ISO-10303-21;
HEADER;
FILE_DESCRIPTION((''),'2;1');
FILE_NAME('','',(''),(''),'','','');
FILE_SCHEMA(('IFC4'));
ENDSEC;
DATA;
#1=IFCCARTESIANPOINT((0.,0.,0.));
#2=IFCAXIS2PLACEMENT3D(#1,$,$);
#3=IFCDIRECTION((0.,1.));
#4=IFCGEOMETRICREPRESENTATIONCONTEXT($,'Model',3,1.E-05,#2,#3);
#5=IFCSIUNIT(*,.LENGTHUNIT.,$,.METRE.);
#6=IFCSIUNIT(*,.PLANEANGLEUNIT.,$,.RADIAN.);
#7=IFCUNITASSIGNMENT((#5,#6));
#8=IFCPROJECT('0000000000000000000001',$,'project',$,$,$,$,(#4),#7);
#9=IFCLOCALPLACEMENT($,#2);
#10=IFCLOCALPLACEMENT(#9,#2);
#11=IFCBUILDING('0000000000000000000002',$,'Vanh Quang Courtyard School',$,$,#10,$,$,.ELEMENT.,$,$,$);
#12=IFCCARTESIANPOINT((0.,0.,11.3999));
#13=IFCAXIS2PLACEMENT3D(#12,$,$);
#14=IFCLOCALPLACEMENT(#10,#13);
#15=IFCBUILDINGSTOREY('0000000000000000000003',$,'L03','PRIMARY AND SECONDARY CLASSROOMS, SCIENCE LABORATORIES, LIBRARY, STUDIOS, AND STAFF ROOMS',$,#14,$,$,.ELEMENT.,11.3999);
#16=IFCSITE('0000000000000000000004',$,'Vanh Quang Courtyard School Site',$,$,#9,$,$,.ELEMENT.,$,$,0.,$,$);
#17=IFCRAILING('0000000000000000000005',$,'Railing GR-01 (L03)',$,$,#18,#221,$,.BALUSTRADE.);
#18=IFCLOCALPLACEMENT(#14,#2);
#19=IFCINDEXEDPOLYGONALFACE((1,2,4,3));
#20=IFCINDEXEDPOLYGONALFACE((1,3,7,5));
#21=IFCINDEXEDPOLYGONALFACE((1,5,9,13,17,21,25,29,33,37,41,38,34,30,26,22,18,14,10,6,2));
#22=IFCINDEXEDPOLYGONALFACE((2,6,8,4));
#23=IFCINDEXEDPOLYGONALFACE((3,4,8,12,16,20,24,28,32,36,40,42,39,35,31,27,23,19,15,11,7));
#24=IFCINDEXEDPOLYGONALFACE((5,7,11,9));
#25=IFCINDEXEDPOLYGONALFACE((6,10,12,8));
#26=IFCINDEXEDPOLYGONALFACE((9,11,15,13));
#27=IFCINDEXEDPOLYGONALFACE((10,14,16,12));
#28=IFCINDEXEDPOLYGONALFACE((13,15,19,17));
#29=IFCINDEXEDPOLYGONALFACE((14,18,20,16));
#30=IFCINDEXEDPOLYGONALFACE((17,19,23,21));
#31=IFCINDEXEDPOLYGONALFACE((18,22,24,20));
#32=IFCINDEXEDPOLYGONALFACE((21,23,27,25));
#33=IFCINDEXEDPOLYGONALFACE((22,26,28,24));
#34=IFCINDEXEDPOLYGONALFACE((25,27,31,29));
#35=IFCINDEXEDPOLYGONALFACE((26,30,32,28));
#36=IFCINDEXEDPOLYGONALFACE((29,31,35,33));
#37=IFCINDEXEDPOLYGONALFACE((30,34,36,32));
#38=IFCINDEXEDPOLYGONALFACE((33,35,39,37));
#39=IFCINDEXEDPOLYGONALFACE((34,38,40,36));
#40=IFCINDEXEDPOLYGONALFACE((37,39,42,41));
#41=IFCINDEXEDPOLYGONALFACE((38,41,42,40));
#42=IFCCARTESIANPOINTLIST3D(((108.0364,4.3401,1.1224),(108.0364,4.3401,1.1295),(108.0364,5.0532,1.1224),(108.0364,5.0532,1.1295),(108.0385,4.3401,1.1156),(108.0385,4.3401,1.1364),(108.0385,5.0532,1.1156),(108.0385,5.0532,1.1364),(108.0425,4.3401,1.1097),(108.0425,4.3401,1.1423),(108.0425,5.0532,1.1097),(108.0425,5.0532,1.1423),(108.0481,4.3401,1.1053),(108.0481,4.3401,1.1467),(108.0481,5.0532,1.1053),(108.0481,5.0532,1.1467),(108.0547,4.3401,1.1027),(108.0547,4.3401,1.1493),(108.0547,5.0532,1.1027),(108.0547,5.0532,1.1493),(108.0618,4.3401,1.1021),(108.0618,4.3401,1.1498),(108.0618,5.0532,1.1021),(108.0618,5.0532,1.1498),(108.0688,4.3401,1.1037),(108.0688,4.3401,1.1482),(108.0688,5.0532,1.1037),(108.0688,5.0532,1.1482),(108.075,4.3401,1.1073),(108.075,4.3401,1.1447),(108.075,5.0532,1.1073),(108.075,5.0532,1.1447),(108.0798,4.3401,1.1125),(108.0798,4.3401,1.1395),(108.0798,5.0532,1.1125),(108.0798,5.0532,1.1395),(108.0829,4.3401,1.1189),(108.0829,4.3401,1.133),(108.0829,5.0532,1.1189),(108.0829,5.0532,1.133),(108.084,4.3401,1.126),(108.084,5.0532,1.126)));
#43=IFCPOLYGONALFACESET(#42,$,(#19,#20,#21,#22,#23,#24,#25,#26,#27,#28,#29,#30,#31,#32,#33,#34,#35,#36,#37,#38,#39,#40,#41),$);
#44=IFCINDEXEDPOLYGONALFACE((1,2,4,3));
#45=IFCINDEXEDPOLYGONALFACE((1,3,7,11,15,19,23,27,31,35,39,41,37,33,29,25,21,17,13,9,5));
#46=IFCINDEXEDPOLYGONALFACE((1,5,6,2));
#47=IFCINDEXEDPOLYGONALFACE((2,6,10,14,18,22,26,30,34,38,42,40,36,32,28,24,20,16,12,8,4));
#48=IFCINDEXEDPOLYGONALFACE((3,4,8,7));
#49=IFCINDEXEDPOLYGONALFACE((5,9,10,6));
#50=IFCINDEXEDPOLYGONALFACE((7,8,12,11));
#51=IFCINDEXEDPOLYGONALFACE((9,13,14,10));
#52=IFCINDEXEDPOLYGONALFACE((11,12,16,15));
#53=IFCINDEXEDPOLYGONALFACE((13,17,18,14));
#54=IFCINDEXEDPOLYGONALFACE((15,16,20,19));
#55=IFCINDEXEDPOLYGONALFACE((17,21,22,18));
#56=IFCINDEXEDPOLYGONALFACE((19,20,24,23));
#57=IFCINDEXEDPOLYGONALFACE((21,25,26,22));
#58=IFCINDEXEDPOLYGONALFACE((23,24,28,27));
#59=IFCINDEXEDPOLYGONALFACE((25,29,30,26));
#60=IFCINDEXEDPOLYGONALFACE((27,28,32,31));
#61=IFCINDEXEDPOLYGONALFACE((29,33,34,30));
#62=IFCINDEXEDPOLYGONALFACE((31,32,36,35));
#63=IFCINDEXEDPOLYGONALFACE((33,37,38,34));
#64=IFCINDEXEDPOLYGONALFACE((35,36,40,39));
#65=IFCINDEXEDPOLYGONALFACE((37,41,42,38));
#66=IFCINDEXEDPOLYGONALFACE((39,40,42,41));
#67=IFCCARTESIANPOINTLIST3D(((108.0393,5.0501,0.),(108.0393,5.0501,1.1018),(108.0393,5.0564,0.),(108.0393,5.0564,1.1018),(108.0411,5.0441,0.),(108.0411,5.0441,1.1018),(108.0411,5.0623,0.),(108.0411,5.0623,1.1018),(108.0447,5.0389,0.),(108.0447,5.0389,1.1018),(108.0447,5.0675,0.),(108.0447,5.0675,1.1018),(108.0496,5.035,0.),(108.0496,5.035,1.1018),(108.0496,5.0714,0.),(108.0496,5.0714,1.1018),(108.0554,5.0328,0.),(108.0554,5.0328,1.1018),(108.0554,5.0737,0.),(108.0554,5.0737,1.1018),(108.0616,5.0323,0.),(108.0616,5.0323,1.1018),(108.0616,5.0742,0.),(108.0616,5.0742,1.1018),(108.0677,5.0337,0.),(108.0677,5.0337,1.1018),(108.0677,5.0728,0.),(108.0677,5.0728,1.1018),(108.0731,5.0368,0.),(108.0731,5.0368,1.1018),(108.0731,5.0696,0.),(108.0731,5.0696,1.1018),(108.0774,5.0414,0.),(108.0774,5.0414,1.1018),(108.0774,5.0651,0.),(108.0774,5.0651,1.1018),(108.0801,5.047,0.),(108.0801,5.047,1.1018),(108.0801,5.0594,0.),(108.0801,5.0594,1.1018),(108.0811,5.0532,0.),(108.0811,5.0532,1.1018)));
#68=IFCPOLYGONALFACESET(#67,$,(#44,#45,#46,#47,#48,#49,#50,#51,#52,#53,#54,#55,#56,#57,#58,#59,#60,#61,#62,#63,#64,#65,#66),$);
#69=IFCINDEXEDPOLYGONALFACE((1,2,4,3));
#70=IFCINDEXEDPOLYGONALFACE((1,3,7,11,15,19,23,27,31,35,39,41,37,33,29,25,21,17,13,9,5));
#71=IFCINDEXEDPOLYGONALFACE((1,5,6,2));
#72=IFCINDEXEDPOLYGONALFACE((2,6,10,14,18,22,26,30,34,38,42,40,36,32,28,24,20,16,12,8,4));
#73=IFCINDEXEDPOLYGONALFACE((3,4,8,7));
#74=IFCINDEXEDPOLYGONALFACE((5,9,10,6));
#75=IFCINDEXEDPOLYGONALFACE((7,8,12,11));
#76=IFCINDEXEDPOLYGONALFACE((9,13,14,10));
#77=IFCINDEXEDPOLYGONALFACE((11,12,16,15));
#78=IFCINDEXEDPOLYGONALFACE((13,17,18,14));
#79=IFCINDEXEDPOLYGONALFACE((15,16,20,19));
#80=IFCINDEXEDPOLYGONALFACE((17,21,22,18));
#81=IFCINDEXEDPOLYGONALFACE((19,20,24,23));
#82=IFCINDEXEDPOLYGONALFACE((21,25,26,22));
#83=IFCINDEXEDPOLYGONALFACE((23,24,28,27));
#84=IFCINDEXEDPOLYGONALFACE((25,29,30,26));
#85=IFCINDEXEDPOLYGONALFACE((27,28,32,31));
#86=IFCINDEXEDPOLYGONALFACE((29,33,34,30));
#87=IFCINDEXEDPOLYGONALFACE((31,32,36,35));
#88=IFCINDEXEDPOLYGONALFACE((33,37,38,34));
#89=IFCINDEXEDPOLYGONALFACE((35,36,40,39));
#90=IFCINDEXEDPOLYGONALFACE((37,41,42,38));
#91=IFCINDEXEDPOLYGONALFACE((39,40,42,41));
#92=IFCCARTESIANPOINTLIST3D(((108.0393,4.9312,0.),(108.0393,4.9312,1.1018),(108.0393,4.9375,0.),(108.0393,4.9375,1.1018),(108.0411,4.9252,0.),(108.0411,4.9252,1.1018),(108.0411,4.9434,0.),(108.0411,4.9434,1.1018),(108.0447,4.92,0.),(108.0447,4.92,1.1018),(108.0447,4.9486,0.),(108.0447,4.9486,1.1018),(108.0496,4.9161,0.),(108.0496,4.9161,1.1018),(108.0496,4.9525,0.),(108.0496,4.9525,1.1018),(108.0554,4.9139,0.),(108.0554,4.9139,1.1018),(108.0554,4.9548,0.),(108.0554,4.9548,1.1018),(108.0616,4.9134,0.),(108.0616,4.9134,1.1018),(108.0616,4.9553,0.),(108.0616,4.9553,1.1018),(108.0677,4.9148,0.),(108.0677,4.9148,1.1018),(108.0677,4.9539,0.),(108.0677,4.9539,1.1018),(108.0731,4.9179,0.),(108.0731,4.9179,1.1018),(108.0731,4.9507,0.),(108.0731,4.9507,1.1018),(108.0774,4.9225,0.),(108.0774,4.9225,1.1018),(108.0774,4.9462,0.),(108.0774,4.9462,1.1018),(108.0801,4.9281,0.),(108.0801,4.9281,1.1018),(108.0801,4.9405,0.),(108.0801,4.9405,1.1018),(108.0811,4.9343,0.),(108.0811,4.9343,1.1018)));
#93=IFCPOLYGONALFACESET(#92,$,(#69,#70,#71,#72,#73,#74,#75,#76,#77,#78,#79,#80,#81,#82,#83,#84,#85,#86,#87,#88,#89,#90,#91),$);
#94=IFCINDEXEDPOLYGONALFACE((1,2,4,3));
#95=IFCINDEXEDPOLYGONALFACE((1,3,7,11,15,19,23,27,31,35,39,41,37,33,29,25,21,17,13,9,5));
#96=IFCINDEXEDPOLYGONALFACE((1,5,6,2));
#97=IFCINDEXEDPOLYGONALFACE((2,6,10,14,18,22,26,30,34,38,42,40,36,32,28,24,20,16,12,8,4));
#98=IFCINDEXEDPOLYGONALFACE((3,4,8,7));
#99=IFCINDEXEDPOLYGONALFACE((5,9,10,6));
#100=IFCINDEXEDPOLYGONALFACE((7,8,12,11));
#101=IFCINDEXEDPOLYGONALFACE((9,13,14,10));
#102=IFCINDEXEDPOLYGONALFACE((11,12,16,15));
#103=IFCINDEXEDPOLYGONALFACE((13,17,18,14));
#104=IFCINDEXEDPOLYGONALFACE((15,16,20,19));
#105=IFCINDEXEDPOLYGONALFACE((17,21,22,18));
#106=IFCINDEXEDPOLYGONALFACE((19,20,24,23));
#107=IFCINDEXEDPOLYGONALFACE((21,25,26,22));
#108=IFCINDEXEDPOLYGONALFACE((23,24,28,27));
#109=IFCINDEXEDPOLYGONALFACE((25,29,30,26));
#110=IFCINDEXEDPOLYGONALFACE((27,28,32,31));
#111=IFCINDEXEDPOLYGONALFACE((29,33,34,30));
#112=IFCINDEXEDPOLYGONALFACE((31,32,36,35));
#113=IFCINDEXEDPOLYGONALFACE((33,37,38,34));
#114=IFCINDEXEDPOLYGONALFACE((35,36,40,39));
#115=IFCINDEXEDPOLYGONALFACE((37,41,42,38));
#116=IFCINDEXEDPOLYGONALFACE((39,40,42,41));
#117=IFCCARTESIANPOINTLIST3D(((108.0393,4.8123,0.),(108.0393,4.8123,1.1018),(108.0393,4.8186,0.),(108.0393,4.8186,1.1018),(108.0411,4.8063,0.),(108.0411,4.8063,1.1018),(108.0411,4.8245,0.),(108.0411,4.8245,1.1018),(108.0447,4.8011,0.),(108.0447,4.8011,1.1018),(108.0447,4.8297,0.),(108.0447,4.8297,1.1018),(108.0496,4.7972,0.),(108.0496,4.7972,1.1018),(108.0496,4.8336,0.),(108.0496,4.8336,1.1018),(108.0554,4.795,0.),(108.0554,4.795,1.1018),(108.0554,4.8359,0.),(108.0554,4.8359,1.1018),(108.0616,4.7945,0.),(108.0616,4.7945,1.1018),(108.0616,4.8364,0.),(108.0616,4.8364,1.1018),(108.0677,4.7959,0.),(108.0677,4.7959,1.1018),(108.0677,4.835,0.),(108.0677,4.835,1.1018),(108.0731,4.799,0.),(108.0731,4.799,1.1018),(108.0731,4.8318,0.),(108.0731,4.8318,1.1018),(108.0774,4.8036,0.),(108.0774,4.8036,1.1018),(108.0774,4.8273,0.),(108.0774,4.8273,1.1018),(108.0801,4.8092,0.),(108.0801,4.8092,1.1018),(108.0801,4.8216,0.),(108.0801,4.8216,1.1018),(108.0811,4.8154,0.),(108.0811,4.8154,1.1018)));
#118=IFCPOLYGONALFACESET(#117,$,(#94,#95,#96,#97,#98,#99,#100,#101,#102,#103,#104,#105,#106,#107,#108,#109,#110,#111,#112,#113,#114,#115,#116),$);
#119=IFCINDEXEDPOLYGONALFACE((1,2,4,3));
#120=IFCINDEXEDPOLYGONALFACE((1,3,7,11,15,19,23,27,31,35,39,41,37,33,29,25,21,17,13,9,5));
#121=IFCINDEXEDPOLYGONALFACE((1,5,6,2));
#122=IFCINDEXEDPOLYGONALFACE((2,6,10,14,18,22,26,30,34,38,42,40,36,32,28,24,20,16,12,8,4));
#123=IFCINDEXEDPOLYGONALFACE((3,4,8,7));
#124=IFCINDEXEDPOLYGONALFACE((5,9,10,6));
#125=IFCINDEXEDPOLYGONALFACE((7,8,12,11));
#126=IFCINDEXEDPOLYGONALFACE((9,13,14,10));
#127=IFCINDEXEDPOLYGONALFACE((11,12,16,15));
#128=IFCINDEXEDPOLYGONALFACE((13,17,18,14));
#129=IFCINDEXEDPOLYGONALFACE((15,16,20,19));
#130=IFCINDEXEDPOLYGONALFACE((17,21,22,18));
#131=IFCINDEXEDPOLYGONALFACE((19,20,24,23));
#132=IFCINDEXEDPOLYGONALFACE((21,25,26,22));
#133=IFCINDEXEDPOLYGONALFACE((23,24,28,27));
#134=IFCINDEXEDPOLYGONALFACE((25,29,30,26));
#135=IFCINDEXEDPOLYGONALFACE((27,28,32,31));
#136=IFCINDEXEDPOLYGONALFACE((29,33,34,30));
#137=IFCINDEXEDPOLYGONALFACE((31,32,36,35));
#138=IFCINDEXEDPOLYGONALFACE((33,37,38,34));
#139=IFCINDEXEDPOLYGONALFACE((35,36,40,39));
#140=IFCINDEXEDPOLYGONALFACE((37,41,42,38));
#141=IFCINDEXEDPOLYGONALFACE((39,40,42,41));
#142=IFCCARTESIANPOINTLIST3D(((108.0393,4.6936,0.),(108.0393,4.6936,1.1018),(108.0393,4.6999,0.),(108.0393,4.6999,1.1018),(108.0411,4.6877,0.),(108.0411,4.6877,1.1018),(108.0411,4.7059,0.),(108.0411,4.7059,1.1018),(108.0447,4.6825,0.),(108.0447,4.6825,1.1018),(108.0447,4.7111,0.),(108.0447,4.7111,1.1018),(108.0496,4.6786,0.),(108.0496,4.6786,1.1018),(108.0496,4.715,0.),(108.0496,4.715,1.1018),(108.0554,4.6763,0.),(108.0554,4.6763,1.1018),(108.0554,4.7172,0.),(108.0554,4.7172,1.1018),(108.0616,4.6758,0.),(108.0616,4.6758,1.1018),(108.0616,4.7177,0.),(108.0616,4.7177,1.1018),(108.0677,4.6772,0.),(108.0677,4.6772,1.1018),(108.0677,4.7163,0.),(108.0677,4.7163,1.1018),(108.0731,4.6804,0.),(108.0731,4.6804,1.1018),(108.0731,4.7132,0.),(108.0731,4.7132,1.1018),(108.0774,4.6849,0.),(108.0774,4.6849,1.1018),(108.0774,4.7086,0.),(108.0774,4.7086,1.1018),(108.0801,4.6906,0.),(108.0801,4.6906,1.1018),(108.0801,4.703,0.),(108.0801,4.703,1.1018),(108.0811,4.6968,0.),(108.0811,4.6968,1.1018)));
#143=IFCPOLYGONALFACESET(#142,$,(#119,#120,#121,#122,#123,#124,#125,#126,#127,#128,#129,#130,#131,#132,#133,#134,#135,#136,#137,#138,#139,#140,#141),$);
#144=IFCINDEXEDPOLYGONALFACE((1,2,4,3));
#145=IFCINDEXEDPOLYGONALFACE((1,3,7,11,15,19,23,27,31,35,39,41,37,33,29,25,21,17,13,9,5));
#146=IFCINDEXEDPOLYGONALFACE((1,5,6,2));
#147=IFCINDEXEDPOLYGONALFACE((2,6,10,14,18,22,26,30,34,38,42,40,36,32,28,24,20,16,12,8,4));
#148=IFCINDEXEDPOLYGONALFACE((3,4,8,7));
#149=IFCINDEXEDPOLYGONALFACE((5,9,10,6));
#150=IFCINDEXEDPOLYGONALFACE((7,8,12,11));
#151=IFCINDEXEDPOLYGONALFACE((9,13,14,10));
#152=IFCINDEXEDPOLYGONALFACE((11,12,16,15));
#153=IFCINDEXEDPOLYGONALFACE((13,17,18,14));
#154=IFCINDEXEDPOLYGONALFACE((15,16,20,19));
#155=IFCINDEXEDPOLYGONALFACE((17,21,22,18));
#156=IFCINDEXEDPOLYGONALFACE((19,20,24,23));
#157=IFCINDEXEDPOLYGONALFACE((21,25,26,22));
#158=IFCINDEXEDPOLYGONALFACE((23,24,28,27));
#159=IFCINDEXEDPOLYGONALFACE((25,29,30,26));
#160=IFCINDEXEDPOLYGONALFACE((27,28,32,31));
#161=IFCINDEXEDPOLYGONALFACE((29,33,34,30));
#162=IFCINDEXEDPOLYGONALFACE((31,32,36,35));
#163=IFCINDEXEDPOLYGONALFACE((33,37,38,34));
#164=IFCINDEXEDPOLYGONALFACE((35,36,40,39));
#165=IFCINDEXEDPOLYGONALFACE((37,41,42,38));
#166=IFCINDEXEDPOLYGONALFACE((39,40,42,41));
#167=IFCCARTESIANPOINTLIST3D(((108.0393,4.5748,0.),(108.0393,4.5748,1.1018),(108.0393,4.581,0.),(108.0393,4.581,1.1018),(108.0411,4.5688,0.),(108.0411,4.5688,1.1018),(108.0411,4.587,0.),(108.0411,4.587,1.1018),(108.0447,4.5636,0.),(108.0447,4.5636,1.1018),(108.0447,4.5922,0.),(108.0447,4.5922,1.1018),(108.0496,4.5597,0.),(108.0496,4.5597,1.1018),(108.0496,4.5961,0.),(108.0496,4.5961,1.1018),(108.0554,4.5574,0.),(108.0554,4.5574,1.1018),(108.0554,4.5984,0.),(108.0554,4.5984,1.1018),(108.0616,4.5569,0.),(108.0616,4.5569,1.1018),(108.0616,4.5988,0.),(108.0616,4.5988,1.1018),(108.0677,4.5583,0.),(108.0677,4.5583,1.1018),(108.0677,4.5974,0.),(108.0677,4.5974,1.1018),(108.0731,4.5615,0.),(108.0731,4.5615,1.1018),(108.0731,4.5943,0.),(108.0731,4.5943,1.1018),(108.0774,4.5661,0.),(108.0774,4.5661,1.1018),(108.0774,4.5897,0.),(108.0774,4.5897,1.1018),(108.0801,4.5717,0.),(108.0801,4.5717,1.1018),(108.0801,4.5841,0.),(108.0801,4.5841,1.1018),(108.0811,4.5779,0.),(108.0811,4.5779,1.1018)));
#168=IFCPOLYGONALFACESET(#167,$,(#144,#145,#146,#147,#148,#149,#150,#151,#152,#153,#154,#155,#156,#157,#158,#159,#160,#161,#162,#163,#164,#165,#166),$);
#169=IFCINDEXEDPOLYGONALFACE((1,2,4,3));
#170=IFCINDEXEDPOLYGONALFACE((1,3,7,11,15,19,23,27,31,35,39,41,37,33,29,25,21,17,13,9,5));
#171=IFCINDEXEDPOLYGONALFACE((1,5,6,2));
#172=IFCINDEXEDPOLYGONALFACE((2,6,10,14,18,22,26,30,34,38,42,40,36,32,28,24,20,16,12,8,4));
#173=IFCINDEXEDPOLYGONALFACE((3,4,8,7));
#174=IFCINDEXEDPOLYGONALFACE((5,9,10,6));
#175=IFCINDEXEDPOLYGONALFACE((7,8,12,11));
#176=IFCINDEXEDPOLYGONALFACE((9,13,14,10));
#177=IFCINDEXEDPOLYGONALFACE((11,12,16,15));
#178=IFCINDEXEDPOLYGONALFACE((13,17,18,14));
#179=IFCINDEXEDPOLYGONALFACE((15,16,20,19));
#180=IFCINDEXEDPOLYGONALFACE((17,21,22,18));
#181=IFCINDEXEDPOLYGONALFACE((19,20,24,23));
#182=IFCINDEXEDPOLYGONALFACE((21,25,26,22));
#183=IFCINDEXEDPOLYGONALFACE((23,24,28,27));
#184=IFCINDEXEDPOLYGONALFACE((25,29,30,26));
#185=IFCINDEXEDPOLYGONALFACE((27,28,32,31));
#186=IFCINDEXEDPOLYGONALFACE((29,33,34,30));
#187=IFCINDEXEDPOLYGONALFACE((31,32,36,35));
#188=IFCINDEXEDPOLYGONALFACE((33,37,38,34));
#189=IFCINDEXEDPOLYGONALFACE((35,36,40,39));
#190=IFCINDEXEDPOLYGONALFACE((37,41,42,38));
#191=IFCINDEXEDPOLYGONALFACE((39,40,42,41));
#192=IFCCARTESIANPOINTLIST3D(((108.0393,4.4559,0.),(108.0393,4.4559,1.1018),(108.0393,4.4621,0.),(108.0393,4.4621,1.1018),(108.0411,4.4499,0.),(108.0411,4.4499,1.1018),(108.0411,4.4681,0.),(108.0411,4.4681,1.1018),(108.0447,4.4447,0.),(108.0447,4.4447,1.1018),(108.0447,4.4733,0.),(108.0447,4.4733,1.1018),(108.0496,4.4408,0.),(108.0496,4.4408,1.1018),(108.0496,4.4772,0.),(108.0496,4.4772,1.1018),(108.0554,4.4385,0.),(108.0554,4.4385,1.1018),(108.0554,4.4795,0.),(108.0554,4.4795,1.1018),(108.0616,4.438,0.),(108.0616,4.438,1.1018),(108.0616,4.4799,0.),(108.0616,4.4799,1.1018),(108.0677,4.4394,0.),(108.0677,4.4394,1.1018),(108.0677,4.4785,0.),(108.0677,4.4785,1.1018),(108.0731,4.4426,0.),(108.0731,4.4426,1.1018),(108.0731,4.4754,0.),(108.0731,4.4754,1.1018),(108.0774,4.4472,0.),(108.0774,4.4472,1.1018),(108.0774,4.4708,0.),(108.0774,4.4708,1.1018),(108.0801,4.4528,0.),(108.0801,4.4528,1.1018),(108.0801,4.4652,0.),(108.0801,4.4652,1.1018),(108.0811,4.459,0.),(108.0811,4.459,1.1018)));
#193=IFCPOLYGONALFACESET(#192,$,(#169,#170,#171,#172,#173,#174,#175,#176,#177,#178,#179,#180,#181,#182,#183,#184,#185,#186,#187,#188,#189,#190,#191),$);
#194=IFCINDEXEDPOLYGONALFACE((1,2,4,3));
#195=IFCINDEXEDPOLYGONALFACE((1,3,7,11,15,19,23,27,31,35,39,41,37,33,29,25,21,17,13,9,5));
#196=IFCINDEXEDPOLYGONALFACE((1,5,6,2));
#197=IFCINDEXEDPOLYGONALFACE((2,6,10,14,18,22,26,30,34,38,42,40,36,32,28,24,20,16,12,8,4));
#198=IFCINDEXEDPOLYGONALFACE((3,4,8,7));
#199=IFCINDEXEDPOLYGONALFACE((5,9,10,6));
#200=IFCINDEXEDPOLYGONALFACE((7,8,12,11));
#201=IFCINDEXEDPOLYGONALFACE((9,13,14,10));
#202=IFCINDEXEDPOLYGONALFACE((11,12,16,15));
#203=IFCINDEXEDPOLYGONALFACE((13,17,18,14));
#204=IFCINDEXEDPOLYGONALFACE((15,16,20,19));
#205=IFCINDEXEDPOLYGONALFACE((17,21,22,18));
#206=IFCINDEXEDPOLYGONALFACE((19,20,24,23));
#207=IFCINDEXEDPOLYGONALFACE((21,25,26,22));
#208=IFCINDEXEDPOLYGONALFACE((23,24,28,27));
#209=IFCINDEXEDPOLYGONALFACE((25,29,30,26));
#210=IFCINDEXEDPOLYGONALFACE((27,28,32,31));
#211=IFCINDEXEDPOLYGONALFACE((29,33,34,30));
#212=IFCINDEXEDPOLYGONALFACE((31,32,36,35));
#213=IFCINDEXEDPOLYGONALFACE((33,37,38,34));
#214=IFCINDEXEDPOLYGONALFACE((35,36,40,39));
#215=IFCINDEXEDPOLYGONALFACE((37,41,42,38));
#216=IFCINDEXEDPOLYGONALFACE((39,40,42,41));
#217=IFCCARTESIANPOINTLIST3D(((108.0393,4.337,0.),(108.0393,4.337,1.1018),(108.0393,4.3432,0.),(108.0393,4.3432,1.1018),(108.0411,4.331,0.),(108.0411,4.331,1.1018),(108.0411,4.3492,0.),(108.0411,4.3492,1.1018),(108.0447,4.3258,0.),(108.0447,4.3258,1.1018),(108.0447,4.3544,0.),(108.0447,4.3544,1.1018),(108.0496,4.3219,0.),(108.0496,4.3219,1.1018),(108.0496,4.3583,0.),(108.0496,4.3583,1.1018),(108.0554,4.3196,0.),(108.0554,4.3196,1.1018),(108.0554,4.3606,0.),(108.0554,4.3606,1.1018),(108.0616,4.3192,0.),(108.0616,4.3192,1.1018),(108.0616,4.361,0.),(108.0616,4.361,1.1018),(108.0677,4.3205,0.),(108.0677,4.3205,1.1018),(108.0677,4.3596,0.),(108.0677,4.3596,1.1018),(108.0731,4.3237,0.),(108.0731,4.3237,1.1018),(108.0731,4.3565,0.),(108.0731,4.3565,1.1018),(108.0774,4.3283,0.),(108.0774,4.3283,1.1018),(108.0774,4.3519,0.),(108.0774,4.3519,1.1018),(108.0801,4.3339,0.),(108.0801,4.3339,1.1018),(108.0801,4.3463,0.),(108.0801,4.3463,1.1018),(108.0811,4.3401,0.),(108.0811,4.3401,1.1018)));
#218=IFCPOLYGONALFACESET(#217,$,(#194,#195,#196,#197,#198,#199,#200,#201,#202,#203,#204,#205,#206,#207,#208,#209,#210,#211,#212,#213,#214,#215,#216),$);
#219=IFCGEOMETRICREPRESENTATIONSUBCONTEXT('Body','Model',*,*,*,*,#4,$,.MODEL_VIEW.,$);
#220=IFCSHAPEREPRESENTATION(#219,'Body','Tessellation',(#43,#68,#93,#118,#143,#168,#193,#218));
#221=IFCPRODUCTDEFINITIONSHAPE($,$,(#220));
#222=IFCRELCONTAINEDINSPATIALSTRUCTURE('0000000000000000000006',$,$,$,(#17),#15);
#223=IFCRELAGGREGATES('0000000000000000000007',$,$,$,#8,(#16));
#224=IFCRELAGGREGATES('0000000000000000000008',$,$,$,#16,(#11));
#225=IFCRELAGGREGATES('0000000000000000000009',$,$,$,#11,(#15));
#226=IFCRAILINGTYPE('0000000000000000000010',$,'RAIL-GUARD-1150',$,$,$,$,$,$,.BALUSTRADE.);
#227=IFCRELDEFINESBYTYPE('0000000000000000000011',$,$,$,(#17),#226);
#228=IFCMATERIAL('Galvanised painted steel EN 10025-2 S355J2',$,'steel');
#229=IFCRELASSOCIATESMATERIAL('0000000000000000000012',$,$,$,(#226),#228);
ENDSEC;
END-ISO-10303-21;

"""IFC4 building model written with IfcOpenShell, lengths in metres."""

from ifc_helpers import new_model, si_unit, direction, frame, origin, origin_2d, place, context, subcontext, project, spatial, circle, extrude, material, type_object, element, save


model = new_model("IFC4")

# Units and contexts
model_context = context("Model", 3, precision=1e-05, world=origin(), true_north=direction((0.0, 1.0)))
body_context = subcontext(model_context, "Body", "Model", "MODEL_VIEW")
ifc_project = project(units=[si_unit("LENGTHUNIT", "METRE"), si_unit("PLANEANGLEUNIT", "RADIAN")], contexts=[model_context])

# Site, building, storey
site_placement = place(None, origin())
site = spatial("IfcSite", under=ifc_project, at=site_placement, Name="Vanh Quang Courtyard School Site", CompositionType="ELEMENT", RefElevation=0.0)
building_placement = place(site_placement, origin())
building = spatial("IfcBuilding", under=site, at=building_placement, Name="Vanh Quang Courtyard School", CompositionType="ELEMENT")
storey_placement = place(building_placement, frame((0.0, 0.0, 11.3999)))
storey = spatial("IfcBuildingStorey", under=building, at=storey_placement, Name="L03", Description="PRIMARY AND SECONDARY CLASSROOMS, SCIENCE LABORATORIES, LIBRARY, STUDIOS, AND STAFF ROOMS", CompositionType="ELEMENT", Elevation=11.3999)

# Railing
ifc_material_1 = material(Name="Galvanised painted steel EN 10025-2 S355J2", Category="steel")
railing_type = type_object("IfcRailingType", Name="RAIL-GUARD-1150", PredefinedType="BALUSTRADE", material=ifc_material_1)
railing_1_placement = place(storey_placement, frame((108.0601, 5.0532, 0.0)))
element("IfcRailing", 1, at=railing_1_placement, inside=storey, type_object=railing_type, Name="Railing GR-01 (L03)", PredefinedType="BALUSTRADE", context=body_context, shape_type="SweptSolid", body=[
    extrude(circle(Radius=0.0239, at=origin_2d()), frame((0.0, 0.0, 1.126), z_axis=(0.0, -1.0, 0.0), x_axis=(1.0, 0.0, 0.0)), (0.0, 0.0, 1.0), 0.7131),
    extrude(circle(Radius=0.021, at=origin_2d()), origin(), (0.0, 0.0, 1.0), 1.1018),
    extrude(circle(Radius=0.021, at=origin_2d()), frame((0.0, -0.1189, 0.0)), (0.0, 0.0, 1.0), 1.1018),
    extrude(circle(Radius=0.021, at=origin_2d()), frame((0.0, -0.2378, 0.0)), (0.0, 0.0, 1.0), 1.1018),
    extrude(circle(Radius=0.021, at=origin_2d()), frame((0.0, -0.3564, 0.0)), (0.0, 0.0, 1.0), 1.1018),
    extrude(circle(Radius=0.021, at=origin_2d()), frame((0.0, -0.4753, 0.0)), (0.0, 0.0, 1.0), 1.1018),
    extrude(circle(Radius=0.021, at=origin_2d()), frame((0.0, -0.5942, 0.0)), (0.0, 0.0, 1.0), 1.1018),
    extrude(circle(Radius=0.021, at=origin_2d()), frame((0.0, -0.7131, 0.0)), (0.0, 0.0, 1.0), 1.1018),
])

save(model, "model.ifc")
